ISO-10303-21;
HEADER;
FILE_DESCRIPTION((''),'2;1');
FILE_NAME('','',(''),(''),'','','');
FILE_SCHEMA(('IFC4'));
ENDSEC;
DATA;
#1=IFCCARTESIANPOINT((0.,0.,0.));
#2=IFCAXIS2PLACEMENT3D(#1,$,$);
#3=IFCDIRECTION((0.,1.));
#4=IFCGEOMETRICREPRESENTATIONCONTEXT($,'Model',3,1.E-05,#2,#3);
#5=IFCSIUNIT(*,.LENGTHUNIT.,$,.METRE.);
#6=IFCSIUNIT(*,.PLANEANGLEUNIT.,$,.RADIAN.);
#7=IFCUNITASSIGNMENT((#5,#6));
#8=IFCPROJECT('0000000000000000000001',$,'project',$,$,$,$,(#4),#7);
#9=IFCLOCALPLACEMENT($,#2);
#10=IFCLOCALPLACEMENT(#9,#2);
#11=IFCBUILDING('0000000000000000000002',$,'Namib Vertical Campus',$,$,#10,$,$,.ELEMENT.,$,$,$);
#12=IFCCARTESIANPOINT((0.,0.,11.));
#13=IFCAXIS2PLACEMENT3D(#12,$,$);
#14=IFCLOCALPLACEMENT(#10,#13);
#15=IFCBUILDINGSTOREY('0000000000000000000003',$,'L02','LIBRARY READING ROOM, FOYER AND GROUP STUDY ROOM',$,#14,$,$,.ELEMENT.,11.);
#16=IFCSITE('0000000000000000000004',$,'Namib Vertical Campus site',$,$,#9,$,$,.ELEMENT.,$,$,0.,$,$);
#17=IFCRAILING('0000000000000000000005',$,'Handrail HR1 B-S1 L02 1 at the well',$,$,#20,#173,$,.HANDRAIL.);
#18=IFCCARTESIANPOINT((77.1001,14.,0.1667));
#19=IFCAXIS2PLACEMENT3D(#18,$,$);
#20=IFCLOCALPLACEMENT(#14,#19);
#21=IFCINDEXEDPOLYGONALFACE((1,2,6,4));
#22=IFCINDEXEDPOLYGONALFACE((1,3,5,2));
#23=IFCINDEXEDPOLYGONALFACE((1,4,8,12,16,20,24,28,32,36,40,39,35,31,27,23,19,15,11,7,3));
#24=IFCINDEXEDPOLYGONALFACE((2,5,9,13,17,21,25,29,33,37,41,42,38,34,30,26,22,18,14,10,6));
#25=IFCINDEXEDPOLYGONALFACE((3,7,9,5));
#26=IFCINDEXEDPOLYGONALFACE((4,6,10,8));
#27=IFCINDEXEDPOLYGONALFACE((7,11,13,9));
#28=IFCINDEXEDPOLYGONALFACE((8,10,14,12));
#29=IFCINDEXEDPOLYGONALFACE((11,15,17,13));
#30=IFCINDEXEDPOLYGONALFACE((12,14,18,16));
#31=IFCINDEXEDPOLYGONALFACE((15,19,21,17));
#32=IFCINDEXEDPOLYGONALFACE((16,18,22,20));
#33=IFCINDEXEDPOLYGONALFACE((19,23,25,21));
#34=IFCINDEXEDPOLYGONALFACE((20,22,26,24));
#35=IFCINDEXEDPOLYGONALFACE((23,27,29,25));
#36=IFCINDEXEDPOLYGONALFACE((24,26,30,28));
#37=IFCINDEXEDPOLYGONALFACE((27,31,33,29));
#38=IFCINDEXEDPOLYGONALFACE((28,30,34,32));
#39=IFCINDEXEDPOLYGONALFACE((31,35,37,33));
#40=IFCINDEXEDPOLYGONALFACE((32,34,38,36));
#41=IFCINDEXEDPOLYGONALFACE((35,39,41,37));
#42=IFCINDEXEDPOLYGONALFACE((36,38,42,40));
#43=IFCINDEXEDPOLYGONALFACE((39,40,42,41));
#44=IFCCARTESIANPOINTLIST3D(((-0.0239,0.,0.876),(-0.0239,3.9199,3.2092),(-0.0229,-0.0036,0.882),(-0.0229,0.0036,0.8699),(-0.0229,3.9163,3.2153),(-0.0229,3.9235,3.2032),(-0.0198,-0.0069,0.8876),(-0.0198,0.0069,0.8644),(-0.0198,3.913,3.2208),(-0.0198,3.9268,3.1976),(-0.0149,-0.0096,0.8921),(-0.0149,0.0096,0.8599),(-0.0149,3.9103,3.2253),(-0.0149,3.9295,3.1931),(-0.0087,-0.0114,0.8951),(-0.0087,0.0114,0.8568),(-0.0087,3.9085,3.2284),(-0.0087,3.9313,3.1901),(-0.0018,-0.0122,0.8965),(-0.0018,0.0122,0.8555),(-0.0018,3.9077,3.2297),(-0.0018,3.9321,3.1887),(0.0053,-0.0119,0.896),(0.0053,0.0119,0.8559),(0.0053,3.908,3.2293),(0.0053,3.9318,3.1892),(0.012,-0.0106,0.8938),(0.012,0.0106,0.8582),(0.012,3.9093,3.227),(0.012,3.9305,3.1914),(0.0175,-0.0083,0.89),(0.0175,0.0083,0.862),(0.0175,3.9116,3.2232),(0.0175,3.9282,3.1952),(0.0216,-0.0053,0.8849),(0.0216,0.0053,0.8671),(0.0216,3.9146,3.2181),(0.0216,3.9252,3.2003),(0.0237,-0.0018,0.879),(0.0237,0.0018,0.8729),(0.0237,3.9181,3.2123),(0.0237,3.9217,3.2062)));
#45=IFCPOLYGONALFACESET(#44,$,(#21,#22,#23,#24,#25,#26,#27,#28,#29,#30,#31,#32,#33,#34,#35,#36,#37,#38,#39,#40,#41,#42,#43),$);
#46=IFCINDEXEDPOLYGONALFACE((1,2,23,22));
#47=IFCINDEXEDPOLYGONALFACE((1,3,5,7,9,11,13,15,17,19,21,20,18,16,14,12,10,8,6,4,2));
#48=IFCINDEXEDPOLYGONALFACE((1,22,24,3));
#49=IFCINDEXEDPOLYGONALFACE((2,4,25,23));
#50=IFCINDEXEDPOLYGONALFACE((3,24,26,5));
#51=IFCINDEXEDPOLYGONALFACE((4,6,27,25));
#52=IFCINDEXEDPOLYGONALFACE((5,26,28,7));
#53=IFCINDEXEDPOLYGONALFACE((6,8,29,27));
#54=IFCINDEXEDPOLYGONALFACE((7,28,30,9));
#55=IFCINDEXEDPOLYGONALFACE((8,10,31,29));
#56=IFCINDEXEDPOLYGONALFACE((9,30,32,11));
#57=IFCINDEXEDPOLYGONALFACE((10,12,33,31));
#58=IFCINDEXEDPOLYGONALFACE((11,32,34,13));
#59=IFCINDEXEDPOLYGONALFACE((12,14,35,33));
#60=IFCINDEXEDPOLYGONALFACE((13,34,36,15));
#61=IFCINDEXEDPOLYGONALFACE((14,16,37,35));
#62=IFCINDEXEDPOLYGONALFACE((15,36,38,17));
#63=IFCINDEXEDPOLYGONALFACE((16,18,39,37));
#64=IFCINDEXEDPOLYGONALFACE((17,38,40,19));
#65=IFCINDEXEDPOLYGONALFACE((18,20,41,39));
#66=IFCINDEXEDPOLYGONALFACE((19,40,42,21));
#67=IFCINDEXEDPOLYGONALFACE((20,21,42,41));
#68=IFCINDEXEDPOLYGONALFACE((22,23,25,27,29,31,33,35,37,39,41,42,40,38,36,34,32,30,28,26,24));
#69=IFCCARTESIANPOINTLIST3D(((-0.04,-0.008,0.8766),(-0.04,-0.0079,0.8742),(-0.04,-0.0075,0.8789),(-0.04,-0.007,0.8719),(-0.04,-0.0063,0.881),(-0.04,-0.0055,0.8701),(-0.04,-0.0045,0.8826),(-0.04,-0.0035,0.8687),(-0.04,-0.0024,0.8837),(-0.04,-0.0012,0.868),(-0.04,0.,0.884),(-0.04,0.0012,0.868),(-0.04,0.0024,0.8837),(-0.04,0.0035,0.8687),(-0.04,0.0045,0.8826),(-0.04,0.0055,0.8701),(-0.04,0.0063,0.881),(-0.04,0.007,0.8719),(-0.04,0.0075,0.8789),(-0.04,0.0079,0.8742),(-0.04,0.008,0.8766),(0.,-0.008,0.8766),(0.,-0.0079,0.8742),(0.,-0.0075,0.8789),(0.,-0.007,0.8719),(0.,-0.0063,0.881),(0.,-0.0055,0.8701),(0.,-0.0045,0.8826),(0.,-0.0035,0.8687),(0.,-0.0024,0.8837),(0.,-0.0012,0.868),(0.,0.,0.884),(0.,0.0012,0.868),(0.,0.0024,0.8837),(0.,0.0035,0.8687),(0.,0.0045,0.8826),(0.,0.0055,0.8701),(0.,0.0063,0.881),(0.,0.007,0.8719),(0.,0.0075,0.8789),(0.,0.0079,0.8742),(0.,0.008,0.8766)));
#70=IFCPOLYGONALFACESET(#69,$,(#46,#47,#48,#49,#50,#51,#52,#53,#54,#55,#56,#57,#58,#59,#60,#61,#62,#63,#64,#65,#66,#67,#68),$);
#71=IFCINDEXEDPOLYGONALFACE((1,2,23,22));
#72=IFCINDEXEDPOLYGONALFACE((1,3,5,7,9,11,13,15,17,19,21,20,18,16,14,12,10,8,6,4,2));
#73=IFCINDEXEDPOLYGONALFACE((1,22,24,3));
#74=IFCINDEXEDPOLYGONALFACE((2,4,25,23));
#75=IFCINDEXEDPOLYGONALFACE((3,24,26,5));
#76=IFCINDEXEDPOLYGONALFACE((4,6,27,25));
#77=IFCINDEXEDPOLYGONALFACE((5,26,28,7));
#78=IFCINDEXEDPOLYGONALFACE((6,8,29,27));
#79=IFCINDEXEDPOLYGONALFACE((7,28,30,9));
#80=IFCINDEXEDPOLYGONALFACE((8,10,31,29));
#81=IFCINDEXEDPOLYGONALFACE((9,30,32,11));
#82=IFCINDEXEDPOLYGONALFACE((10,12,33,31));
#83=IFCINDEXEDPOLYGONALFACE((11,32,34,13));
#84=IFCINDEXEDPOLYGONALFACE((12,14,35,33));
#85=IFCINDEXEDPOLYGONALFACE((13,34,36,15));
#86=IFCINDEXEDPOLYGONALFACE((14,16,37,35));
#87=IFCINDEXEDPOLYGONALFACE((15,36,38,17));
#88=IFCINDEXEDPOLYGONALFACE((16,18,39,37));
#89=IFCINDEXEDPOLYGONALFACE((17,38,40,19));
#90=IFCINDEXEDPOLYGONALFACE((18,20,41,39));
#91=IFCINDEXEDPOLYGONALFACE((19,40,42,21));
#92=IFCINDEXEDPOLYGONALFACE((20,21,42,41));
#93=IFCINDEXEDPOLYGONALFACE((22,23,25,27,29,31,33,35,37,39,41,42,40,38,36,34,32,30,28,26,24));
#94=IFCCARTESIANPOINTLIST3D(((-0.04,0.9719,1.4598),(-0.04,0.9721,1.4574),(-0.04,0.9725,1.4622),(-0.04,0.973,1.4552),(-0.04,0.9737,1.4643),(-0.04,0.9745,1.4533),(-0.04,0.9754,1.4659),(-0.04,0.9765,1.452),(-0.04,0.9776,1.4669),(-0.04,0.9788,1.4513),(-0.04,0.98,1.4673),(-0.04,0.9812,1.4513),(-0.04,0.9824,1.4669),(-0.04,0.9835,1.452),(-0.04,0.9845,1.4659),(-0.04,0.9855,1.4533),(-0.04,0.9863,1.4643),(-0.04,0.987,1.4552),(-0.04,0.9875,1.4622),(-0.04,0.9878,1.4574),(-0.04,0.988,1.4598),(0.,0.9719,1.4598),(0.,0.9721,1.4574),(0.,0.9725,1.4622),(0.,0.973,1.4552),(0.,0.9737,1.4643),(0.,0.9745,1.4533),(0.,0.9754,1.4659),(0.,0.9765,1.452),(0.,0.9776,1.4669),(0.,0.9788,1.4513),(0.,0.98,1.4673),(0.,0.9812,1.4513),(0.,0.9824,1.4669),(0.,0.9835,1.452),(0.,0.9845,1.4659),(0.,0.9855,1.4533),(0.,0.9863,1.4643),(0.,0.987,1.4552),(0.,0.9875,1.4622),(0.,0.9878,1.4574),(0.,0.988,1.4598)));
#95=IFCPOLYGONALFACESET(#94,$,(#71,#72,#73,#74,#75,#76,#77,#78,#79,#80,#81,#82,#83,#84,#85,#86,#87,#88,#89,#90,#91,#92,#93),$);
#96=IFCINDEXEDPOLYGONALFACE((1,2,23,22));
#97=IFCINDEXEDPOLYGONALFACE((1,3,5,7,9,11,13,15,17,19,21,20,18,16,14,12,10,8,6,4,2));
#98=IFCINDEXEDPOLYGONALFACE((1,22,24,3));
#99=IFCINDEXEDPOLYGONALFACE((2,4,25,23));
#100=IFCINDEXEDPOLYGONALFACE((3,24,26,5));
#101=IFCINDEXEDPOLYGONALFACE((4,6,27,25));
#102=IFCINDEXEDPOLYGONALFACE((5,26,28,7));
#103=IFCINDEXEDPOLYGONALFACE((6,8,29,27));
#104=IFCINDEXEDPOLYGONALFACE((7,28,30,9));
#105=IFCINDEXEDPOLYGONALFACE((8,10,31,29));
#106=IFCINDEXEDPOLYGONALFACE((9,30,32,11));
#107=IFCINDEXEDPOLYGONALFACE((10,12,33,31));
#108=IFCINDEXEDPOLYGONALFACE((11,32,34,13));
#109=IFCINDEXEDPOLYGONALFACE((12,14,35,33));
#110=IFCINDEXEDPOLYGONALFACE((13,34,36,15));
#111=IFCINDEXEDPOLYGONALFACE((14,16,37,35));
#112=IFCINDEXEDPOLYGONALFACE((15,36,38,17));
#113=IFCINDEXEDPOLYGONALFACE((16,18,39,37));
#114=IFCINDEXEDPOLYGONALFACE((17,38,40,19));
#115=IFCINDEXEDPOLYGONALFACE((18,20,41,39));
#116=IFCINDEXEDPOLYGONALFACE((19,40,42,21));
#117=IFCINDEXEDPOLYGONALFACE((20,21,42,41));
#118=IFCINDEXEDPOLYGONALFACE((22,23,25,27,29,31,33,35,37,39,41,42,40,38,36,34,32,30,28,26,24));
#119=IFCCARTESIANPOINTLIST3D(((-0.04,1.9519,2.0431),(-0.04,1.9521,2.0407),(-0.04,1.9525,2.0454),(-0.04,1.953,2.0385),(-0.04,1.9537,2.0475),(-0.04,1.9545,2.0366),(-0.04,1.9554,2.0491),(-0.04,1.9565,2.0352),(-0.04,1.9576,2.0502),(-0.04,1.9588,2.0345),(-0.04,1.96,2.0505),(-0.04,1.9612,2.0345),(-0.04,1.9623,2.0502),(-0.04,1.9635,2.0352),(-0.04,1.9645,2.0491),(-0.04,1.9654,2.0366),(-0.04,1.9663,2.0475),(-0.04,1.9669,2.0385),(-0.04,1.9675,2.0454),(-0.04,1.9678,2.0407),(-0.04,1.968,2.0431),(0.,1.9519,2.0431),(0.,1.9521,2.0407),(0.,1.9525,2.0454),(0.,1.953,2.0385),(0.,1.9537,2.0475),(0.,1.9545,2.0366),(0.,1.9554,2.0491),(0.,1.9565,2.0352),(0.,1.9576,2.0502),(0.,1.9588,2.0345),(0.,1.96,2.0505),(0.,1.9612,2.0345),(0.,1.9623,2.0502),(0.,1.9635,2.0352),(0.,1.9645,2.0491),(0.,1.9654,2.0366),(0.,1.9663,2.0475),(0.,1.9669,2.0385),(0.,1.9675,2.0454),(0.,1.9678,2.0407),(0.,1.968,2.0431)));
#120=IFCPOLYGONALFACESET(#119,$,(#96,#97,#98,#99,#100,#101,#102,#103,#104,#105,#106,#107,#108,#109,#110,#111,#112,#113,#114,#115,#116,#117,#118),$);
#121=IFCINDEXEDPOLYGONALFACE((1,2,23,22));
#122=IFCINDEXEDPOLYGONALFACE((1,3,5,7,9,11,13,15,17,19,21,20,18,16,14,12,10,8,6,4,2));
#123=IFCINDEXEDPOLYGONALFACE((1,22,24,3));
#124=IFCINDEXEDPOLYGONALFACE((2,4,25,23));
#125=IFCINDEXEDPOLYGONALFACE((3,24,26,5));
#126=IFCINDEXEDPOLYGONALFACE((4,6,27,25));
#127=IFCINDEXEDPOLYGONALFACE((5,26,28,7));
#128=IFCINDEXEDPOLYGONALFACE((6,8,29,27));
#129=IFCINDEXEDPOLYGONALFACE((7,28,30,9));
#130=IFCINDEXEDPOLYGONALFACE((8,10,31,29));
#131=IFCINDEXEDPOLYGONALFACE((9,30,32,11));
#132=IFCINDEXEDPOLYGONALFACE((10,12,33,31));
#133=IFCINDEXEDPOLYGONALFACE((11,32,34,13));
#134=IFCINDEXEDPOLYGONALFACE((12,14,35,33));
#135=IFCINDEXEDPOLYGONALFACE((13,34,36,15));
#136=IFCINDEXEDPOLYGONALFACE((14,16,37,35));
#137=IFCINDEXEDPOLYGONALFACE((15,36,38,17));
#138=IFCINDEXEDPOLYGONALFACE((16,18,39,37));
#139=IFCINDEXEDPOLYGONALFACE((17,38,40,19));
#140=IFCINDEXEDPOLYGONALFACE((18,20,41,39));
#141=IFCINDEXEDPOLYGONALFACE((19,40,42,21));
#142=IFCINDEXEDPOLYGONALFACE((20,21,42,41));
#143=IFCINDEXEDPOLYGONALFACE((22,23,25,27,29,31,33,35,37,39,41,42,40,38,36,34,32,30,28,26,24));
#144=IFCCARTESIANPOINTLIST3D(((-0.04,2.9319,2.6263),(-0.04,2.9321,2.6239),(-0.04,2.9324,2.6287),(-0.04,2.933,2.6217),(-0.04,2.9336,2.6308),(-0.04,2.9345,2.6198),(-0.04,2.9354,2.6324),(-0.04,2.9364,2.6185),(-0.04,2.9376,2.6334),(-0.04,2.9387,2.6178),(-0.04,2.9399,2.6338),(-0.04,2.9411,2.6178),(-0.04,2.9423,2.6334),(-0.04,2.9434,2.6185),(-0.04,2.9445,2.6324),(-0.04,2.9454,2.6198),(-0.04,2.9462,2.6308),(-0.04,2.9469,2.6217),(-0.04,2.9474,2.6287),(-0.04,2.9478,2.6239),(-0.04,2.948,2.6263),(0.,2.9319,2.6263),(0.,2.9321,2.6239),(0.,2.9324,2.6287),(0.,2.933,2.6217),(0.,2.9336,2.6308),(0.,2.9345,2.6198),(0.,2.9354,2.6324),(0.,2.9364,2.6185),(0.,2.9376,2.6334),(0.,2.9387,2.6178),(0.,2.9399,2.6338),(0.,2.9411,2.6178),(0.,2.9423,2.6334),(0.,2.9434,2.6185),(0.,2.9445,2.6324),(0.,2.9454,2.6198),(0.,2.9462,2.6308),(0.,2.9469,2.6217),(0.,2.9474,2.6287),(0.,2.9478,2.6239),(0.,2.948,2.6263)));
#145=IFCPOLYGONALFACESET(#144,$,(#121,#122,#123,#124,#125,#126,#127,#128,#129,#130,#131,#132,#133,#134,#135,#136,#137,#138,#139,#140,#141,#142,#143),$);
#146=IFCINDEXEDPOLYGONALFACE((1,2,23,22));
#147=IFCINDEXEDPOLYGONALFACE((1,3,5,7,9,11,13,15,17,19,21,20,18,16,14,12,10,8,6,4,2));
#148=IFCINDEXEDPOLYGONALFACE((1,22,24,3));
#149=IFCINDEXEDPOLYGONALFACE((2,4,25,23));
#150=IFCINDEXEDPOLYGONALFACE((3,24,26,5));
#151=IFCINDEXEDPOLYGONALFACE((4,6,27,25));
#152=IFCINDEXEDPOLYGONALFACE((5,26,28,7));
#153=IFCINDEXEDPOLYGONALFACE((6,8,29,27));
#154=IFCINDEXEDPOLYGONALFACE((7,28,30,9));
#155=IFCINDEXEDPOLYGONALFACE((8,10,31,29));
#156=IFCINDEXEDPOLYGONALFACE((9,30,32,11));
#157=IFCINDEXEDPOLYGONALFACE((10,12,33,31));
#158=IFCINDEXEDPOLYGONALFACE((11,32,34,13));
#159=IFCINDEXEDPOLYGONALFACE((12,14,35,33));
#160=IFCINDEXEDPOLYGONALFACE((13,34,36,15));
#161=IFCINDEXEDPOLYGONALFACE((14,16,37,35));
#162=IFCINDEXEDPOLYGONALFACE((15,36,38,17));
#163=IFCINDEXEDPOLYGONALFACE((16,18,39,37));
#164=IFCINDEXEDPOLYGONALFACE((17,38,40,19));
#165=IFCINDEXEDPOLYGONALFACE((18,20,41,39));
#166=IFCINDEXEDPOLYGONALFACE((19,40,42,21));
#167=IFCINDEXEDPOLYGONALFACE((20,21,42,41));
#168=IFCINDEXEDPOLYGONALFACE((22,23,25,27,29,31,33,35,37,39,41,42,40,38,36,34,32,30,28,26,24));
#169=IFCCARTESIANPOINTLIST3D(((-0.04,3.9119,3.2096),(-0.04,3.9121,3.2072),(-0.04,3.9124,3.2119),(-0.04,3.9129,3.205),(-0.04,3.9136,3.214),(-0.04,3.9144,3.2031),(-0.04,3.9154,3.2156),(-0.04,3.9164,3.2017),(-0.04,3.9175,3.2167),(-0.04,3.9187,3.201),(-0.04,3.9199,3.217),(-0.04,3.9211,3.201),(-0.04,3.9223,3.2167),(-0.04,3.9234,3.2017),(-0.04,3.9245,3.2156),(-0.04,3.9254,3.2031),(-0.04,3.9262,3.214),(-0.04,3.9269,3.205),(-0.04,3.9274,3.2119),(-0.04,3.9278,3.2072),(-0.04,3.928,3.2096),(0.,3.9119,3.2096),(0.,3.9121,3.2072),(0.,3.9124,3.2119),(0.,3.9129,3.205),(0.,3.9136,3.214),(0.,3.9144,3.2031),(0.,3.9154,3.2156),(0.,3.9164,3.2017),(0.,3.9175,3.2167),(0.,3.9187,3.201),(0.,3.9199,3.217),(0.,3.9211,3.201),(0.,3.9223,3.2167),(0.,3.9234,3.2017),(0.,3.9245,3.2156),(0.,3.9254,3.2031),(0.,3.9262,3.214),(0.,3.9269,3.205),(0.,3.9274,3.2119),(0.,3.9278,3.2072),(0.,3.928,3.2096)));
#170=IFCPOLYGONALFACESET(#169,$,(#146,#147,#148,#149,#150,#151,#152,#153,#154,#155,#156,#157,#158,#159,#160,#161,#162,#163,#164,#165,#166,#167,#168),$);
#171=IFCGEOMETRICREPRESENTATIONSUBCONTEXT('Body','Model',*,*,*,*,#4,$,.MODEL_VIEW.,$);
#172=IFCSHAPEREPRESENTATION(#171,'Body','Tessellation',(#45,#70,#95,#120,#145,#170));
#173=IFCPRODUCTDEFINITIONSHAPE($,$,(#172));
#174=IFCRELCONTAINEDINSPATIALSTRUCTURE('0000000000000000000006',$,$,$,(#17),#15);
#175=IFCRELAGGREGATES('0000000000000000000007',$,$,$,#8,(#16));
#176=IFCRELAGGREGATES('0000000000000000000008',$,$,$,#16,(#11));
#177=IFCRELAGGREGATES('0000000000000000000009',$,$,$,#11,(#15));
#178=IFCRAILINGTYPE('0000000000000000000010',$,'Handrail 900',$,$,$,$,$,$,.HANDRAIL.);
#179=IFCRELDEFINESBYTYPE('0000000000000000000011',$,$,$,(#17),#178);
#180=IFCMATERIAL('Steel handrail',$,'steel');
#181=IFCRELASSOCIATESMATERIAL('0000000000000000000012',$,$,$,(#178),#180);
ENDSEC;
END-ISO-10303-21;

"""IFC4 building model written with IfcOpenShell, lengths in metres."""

from ifc_helpers import new_model, si_unit, direction, frame, origin, origin_2d, place, context, subcontext, project, spatial, circle, extrude, material, type_object, element, save


model = new_model("IFC4")

# Units and contexts
model_context = context("Model", 3, precision=1e-05, world=origin(), true_north=direction((0.0, 1.0)))
body_context = subcontext(model_context, "Body", "Model", "MODEL_VIEW")
ifc_project = project(units=[si_unit("LENGTHUNIT", "METRE"), si_unit("PLANEANGLEUNIT", "RADIAN")], contexts=[model_context])

# Site, building, storey
site_placement = place(None, origin())
site = spatial("IfcSite", under=ifc_project, at=site_placement, Name="Namib Vertical Campus site", CompositionType="ELEMENT", RefElevation=0.0)
building_placement = place(site_placement, origin())
building = spatial("IfcBuilding", under=site, at=building_placement, Name="Namib Vertical Campus", CompositionType="ELEMENT")
storey_placement = place(building_placement, frame((0.0, 0.0, 11.0)))
storey = spatial("IfcBuildingStorey", under=building, at=storey_placement, Name="L02", Description="LIBRARY READING ROOM, FOYER AND GROUP STUDY ROOM", CompositionType="ELEMENT", Elevation=11.0)

# Railing
ifc_material_1 = material(Name="Steel handrail", Category="steel")
railing_type_1 = type_object("IfcRailingType", Name="Handrail 900", PredefinedType="HANDRAIL", material=ifc_material_1)
railing_1_placement = place(storey_placement, frame((77.1001, 14.0, 0.1667)))
element("IfcRailing", 1, at=railing_1_placement, inside=storey, type_object=railing_type_1, Name="Handrail HR1 B-S1 L02 1 at the well", PredefinedType="HANDRAIL", context=body_context, shape_type="SweptSolid", body=[
    extrude(circle(Radius=0.0239, at=origin_2d()), frame((0.0, 0.0, 0.876), z_axis=(0.0, 0.859296, 0.511478), x_axis=(-1.0, 0.0, 0.0)), (0.0, 0.0, 1.0), 4.5618),
    extrude(circle(Radius=0.0081, at=origin_2d()), frame((0.0, 0.0, 0.876), z_axis=(-1.0, 0.0, 0.0), x_axis=(0.0, 0.0, 1.0)), (0.0, 0.0, 1.0), 0.04),
    extrude(circle(Radius=0.0081, at=origin_2d()), frame((0.0, 0.98, 1.4592), z_axis=(-1.0, 0.0, 0.0), x_axis=(0.0, 0.0, 1.0)), (0.0, 0.0, 1.0), 0.04),
    extrude(circle(Radius=0.0081, at=origin_2d()), frame((0.0, 1.96, 2.0425), z_axis=(-1.0, 0.0, 0.0), x_axis=(0.0, 0.0, 1.0)), (0.0, 0.0, 1.0), 0.04),
    extrude(circle(Radius=0.0081, at=origin_2d()), frame((0.0, 2.9399, 2.6257), z_axis=(-1.0, 0.0, 0.0), x_axis=(0.0, 0.0, 1.0)), (0.0, 0.0, 1.0), 0.04),
    extrude(circle(Radius=0.0081, at=origin_2d()), frame((0.0, 3.9199, 3.209), z_axis=(-1.0, 0.0, 0.0), x_axis=(0.0, 0.0, 1.0)), (0.0, 0.0, 1.0), 0.04),
])

save(model, "model.ifc")
